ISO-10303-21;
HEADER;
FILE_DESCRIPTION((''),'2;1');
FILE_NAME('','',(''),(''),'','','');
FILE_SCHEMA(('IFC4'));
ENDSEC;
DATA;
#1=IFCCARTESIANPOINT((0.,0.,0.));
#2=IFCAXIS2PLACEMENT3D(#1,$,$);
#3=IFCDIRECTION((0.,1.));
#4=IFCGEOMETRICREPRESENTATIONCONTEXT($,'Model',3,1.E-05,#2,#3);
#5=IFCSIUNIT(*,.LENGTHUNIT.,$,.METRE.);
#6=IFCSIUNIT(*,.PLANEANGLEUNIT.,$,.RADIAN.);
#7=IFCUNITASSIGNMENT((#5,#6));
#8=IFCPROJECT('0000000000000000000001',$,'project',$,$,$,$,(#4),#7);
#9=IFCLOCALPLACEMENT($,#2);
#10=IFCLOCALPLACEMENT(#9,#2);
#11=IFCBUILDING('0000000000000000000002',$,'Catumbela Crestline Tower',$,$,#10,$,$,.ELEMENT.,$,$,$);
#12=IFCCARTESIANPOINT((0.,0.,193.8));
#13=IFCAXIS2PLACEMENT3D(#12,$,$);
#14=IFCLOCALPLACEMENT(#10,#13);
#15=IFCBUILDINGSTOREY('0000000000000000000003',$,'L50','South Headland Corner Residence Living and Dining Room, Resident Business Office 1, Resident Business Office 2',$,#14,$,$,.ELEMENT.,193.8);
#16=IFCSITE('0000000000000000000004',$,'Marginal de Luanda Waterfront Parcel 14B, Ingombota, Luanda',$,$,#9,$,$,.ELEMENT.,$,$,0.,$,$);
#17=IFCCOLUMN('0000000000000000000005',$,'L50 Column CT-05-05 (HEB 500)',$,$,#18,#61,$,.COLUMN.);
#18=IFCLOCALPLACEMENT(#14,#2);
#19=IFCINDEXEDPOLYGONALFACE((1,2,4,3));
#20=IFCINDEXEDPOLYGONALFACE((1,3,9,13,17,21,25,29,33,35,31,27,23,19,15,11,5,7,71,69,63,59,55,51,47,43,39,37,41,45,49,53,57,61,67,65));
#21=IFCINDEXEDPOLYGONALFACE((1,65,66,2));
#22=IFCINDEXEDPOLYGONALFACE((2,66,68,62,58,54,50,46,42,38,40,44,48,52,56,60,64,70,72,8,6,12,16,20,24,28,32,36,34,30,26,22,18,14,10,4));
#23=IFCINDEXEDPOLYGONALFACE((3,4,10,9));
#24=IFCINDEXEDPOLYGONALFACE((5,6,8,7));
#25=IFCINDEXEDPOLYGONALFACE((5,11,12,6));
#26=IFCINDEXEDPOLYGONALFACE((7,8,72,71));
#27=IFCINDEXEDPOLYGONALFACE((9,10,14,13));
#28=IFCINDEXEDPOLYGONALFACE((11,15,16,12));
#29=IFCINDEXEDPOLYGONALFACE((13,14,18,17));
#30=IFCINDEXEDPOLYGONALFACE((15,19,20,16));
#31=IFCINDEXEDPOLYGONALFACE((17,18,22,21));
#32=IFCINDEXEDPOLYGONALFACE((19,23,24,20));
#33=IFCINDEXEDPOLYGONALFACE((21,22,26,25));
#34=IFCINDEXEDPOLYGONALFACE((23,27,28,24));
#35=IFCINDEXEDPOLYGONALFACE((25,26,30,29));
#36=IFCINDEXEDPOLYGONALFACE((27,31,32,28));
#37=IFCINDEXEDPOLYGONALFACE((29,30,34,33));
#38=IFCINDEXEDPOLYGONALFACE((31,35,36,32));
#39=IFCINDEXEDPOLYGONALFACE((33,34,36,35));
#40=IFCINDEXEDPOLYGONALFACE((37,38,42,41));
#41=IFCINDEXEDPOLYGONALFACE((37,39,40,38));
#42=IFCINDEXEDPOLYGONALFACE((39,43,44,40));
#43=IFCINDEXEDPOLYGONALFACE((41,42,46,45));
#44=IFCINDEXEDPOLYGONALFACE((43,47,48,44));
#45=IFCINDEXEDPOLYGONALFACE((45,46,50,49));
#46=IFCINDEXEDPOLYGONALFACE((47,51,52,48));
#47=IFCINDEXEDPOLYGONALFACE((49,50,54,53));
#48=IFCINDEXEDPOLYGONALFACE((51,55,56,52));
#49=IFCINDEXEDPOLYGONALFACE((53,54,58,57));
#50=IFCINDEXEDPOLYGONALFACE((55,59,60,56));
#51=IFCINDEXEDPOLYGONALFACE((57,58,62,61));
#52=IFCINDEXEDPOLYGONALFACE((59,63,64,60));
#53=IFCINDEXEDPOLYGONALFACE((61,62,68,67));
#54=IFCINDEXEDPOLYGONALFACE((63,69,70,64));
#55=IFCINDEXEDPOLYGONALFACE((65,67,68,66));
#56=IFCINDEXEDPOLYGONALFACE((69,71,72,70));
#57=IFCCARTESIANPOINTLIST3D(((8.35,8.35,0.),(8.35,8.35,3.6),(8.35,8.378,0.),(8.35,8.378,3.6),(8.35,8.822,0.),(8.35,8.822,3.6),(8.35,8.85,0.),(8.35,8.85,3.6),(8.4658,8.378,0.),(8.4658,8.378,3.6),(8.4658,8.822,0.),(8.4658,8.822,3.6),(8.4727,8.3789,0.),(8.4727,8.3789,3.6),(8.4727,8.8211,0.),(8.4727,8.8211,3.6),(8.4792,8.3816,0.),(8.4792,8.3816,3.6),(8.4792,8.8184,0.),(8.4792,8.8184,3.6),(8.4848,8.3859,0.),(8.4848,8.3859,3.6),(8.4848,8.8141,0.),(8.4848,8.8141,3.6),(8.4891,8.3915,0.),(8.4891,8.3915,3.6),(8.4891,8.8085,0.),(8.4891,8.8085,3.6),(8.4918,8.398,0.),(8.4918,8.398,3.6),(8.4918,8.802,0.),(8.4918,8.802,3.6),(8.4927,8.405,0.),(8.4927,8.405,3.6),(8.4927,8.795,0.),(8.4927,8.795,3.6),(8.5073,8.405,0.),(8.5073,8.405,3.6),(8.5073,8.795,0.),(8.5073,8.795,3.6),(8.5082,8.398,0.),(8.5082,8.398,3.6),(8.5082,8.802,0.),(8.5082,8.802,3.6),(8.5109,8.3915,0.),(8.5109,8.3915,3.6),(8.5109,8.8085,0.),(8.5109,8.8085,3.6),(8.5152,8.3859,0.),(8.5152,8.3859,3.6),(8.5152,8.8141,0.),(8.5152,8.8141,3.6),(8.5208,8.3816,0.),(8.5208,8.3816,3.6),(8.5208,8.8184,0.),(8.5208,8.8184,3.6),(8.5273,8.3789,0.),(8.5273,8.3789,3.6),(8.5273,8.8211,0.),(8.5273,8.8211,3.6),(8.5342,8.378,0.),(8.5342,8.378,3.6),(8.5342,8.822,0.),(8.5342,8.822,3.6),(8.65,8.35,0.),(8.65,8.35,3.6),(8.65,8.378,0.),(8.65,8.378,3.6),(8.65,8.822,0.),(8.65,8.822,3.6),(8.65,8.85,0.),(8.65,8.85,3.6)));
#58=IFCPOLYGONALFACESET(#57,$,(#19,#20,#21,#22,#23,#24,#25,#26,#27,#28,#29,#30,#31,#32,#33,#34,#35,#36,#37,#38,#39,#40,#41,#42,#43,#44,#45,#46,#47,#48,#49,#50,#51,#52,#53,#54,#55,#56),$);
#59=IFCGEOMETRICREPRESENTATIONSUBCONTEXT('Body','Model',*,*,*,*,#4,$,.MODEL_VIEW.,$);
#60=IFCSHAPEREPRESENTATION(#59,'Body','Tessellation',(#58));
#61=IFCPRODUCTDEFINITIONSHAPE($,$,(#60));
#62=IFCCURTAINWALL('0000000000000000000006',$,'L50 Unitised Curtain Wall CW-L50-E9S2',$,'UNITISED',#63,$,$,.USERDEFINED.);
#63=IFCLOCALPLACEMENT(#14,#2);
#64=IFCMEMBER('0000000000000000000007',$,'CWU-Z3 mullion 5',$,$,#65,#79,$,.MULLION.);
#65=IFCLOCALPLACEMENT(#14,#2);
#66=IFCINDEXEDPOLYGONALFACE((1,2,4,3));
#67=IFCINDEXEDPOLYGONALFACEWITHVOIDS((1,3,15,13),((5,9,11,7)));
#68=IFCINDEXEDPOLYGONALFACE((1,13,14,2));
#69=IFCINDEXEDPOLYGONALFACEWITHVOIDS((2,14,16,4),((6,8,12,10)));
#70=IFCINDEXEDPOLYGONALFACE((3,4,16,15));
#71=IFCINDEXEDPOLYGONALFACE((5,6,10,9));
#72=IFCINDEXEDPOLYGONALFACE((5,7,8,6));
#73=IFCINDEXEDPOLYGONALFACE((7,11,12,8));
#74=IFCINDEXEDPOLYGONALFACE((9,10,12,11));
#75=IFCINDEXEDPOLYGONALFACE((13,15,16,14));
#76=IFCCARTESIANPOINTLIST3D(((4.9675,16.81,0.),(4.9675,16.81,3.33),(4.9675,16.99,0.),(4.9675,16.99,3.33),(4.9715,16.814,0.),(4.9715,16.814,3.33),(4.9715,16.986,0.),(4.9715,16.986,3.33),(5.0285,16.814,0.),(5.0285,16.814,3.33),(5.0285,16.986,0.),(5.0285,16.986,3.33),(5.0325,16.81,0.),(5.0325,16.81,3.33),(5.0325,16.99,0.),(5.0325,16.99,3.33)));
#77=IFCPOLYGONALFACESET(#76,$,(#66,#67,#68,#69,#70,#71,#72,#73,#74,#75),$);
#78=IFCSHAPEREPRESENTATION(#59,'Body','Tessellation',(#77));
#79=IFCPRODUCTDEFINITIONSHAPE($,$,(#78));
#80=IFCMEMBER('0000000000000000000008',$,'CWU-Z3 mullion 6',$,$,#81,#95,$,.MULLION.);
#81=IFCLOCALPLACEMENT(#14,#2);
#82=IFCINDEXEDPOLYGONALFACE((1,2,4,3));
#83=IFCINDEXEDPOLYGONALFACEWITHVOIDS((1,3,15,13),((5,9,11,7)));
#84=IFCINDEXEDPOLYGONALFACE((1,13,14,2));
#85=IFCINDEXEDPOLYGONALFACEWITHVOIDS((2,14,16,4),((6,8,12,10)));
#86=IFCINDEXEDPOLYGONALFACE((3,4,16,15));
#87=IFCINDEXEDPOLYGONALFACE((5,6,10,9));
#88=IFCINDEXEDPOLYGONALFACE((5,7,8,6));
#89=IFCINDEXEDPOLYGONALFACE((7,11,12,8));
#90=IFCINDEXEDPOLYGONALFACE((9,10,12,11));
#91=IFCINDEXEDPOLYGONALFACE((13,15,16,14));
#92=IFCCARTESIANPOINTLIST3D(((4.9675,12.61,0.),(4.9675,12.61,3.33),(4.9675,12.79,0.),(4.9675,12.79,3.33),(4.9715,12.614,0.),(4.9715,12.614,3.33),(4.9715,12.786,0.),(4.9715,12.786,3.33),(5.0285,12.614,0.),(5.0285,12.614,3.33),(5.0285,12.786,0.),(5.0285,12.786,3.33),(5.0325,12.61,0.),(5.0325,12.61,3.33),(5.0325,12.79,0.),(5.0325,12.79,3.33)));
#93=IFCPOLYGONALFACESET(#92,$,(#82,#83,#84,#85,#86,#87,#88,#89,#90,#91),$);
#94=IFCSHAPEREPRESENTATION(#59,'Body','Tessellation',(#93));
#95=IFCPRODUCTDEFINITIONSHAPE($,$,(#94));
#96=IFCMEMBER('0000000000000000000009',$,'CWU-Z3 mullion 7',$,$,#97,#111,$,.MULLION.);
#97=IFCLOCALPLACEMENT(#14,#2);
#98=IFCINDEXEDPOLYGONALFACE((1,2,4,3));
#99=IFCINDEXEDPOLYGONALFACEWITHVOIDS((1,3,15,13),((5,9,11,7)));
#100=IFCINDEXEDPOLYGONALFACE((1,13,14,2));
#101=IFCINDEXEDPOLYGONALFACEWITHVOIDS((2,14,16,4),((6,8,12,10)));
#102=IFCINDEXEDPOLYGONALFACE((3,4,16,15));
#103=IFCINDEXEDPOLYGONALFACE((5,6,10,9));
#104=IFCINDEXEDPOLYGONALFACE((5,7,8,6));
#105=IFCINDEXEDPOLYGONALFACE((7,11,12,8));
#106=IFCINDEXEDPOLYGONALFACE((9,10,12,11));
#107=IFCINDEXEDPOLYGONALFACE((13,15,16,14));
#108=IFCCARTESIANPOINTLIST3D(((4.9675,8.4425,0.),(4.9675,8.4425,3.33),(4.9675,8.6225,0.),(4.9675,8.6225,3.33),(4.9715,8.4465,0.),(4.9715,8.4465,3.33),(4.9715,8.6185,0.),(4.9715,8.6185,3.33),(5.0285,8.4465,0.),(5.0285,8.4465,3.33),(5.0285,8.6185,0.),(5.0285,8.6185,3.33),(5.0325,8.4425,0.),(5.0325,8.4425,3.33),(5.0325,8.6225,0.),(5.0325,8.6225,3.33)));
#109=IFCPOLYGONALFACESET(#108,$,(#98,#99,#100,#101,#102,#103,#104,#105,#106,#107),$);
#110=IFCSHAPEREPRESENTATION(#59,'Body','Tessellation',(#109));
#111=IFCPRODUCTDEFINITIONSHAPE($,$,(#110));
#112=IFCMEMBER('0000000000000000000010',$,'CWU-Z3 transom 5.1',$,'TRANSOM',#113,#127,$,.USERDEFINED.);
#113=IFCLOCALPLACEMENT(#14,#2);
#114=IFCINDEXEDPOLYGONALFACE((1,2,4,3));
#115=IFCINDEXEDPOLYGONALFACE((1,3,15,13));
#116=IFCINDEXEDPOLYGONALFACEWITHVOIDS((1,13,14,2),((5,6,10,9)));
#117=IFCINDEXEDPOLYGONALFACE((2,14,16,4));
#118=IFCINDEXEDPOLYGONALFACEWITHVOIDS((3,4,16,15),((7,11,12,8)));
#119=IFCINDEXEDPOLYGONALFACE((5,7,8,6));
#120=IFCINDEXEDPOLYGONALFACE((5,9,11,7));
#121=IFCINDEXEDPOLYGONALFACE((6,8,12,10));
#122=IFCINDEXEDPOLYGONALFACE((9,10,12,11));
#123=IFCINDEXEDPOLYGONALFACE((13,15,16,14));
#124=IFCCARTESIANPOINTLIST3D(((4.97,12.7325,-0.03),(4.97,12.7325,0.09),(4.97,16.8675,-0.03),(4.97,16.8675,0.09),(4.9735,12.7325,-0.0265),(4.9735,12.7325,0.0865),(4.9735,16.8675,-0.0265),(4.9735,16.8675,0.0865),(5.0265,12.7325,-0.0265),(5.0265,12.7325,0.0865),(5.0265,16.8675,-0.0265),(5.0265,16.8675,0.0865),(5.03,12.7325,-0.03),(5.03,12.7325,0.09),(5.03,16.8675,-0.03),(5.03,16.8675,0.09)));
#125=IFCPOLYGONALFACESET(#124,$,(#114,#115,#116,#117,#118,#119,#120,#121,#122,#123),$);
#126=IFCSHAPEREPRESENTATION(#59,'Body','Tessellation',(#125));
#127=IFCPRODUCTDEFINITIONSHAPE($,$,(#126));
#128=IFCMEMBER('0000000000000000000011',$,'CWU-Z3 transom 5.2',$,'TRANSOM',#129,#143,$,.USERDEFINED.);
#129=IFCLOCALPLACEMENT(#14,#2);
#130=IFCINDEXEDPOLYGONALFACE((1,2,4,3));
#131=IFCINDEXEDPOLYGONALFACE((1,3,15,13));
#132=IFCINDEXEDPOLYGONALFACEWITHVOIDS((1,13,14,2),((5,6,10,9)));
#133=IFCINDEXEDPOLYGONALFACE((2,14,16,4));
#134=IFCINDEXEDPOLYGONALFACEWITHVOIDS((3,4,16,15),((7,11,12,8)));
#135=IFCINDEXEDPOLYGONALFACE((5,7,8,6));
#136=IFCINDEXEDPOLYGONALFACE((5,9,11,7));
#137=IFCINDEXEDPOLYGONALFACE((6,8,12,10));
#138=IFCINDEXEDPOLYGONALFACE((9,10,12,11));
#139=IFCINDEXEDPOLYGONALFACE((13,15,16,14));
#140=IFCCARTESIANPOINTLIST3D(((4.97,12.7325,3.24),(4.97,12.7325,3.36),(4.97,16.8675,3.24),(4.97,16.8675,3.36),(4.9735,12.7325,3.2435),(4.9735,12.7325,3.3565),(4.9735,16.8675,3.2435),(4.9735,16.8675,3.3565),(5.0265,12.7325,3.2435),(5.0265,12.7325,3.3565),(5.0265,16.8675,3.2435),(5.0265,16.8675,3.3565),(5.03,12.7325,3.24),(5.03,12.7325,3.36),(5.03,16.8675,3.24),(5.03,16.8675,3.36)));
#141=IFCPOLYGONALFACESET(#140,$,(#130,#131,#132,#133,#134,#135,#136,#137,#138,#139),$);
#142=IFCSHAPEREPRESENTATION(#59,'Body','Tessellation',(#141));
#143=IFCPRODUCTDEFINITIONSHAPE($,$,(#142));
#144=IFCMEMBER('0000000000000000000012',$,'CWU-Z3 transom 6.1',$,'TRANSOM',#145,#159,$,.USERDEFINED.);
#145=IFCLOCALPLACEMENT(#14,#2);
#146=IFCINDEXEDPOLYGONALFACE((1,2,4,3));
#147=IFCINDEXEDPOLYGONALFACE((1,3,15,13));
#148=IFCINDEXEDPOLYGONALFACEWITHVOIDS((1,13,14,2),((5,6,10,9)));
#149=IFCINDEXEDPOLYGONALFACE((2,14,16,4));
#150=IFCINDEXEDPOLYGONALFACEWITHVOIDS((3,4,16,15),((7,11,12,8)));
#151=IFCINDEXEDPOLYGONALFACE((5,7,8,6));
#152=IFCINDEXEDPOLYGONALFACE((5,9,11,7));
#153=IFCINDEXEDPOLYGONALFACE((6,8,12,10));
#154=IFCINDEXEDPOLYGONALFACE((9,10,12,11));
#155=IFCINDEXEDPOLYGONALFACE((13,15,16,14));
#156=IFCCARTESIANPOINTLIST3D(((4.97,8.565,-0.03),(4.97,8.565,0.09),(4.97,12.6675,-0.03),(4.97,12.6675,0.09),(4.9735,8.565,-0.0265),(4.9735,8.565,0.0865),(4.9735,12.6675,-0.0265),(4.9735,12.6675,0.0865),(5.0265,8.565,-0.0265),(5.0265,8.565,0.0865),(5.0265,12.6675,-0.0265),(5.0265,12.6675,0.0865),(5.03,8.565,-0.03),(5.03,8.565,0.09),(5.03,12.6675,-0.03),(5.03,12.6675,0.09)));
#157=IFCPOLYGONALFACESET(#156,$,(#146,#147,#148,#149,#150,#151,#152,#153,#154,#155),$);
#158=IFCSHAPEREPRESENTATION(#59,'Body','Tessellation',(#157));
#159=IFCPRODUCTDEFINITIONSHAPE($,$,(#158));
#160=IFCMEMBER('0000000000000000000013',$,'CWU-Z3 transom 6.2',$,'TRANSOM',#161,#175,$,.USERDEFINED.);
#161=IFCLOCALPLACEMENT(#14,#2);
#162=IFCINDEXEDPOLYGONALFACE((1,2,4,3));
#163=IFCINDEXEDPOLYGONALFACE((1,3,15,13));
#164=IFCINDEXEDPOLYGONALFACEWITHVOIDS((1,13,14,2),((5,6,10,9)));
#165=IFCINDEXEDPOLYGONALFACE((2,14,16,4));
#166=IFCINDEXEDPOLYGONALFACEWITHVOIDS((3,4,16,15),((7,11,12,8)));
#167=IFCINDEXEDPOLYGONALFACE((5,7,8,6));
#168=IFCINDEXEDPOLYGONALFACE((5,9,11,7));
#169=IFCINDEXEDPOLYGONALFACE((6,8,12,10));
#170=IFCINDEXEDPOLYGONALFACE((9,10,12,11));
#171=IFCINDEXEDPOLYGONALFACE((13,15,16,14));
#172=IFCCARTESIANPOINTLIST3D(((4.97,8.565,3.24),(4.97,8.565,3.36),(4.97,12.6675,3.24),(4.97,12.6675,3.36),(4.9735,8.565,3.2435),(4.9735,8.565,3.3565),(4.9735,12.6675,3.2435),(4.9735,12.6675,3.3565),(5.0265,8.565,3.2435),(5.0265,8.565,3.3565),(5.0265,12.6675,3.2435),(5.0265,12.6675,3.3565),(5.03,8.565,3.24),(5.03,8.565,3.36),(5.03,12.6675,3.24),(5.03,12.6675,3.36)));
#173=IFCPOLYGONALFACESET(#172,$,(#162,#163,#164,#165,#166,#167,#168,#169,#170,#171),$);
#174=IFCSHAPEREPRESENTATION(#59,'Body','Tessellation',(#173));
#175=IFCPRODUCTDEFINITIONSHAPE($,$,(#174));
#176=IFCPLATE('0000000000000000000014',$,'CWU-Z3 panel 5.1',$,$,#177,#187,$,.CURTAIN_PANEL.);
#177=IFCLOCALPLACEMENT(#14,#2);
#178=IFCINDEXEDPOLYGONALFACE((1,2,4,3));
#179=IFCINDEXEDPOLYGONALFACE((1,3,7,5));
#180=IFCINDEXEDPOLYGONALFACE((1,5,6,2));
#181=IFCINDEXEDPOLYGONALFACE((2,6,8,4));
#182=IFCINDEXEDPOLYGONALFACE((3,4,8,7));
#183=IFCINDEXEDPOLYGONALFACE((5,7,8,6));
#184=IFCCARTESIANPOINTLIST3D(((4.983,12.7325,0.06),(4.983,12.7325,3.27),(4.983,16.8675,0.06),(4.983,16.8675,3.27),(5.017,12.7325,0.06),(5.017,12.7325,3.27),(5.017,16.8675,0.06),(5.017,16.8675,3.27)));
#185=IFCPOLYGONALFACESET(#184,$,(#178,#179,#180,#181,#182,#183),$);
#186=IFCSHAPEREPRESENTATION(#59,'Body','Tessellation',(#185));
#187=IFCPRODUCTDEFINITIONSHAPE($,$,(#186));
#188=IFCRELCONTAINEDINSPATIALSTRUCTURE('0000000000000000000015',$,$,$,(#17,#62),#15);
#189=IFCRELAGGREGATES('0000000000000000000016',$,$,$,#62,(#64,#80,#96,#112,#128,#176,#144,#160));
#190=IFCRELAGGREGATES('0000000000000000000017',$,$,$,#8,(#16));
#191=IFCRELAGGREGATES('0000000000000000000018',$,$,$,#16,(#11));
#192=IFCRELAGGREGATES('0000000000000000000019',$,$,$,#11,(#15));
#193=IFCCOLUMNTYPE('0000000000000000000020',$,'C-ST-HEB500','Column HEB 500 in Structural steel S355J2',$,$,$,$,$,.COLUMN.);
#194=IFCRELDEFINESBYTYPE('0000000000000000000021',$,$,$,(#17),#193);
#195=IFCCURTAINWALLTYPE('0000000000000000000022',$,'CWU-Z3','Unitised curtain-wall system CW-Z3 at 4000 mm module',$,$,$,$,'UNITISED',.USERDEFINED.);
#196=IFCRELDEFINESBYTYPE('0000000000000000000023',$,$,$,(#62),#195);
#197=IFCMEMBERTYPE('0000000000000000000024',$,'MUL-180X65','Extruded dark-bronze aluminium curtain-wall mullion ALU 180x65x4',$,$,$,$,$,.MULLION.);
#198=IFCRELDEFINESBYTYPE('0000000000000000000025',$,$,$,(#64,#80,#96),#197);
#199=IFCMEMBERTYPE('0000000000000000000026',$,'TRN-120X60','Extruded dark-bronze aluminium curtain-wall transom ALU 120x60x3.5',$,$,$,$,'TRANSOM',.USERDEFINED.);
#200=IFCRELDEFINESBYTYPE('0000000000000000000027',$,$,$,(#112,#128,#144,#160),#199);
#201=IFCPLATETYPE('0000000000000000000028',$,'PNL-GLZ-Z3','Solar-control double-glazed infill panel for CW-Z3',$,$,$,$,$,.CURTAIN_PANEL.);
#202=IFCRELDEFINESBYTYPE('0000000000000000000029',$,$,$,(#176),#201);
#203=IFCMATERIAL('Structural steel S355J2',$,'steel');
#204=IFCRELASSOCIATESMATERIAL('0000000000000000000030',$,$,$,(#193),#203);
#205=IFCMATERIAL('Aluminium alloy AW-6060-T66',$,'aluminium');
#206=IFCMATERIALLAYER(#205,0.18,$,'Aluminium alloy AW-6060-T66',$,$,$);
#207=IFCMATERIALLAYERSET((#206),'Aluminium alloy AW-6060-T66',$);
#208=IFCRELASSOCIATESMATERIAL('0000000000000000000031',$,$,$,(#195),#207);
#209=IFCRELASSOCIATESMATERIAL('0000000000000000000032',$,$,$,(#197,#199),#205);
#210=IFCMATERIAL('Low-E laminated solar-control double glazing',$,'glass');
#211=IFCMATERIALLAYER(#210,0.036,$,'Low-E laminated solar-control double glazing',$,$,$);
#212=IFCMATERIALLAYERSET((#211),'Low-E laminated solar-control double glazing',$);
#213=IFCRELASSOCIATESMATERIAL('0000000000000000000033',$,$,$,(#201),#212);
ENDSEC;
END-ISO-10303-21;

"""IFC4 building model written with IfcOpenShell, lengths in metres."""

from ifc_helpers import new_model, si_unit, direction, frame, origin, origin_2d, place, context, subcontext, project, spatial, rectangle, hollow_rectangle, i_section, extrude, material, layer, layer_set, material_profile, profile_set, type_object, element, aggregate, save


model = new_model("IFC4")

# Units and contexts
model_context = context("Model", 3, precision=1e-05, world=origin(), true_north=direction((0.0, 1.0)))
body_context = subcontext(model_context, "Body", "Model", "MODEL_VIEW")
ifc_project = project(units=[si_unit("LENGTHUNIT", "METRE"), si_unit("PLANEANGLEUNIT", "RADIAN")], contexts=[model_context])

# Site, building, storey
site_placement = place(None, origin())
site = spatial("IfcSite", under=ifc_project, at=site_placement, Name="Marginal de Luanda Waterfront Parcel 14B, Ingombota, Luanda", CompositionType="ELEMENT", RefElevation=0.0)
building_placement = place(site_placement, origin())
building = spatial("IfcBuilding", under=site, at=building_placement, Name="Catumbela Crestline Tower", CompositionType="ELEMENT")
storey_placement = place(building_placement, frame((0.0, 0.0, 193.8)))
storey = spatial("IfcBuildingStorey", under=building, at=storey_placement, Name="L50", Description="South Headland Corner Residence Living and Dining Room, Resident Business Office 1, Resident Business Office 2", CompositionType="ELEMENT", Elevation=193.8)

# Column
ifc_material_1 = material(Name="Structural steel S355J2", Category="steel")
ifc_material_profile_1 = material_profile(ifc_material_1, i_section(OverallWidth=0.3, OverallDepth=0.5, WebThickness=0.0145, FlangeThickness=0.028, FilletRadius=0.027, at=origin_2d()), Name="HEB 500")
ifc_profile_set_1 = profile_set([ifc_material_profile_1], Name="Structural steel S355J2")
column_type = type_object("IfcColumnType", Name="C-ST-HEB500", Description="Column HEB 500 in Structural steel S355J2", PredefinedType="COLUMN", material=ifc_profile_set_1)
column_placement = place(storey_placement, frame((8.5, 8.6, 0.0), z_axis=(0.0, 0.0, 1.0), x_axis=(1.0, 0.0, 0.0)))
element("IfcColumn", 1, at=column_placement, inside=storey, type_object=column_type, Name="L50 Column CT-05-05 (HEB 500)", PredefinedType="COLUMN", context=body_context, shape_type="SweptSolid", body=[
    extrude(i_section(OverallWidth=0.3, OverallDepth=0.5, WebThickness=0.0145, FlangeThickness=0.028, FilletRadius=0.027, at=origin_2d()), origin(), (0.0, 0.0, 1.0), 3.6),
])

# Curtain wall, members, plate
ifc_material_2 = material(Name="Aluminium alloy AW-6060-T66", Category="aluminium")
ifc_layer_1 = layer(ifc_material_2, 0.18, Name="Aluminium alloy AW-6060-T66")
ifc_layer_set_1 = layer_set([ifc_layer_1], Name="Aluminium alloy AW-6060-T66")
curtain_wall_type = type_object("IfcCurtainWallType", Name="CWU-Z3", Description="Unitised curtain-wall system CW-Z3 at 4000 mm module", ElementType="UNITISED", PredefinedType="USERDEFINED", material=ifc_layer_set_1)
curtain_wall_placement = place(storey_placement, origin())
curtain_wall = element("IfcCurtainWall", 2, at=curtain_wall_placement, inside=storey, type_object=curtain_wall_type, Name="L50 Unitised Curtain Wall CW-L50-E9S2", ObjectType="UNITISED", PredefinedType="USERDEFINED")
ifc_material_profile_2 = material_profile(ifc_material_2, hollow_rectangle(XDim=0.065, YDim=0.18, WallThickness=0.004, at=origin_2d()), Name="ALU 180x65x4")
ifc_profile_set_2 = profile_set([ifc_material_profile_2], Name="Aluminium alloy AW-6060-T66")
member_type_1 = type_object("IfcMemberType", Name="MUL-180X65", Description="Extruded dark-bronze aluminium curtain-wall mullion ALU 180x65x4", PredefinedType="MULLION", material=ifc_profile_set_2)
member_1_placement = place(storey_placement, frame((5.0, 16.9, 0.0), z_axis=(0.0, 0.0, 1.0), x_axis=(1.0, 0.0, 0.0)))
member_1 = element("IfcMember", 3, at=member_1_placement, type_object=member_type_1, Name="CWU-Z3 mullion 5", PredefinedType="MULLION", context=body_context, shape_type="SweptSolid", body=[
    extrude(hollow_rectangle(XDim=0.065, YDim=0.18, WallThickness=0.004, at=origin_2d()), origin(), (0.0, 0.0, 1.0), 3.33),
])
member_2_placement = place(storey_placement, frame((5.0, 12.7, 0.0), z_axis=(0.0, 0.0, 1.0), x_axis=(1.0, 0.0, 0.0)))
member_2 = element("IfcMember", 4, at=member_2_placement, type_object=member_type_1, Name="CWU-Z3 mullion 6", PredefinedType="MULLION", context=body_context, shape_type="SweptSolid", body=[
    extrude(hollow_rectangle(XDim=0.065, YDim=0.18, WallThickness=0.004, at=origin_2d()), origin(), (0.0, 0.0, 1.0), 3.33),
])
member_3_placement = place(storey_placement, frame((5.0, 8.5325, 0.0), z_axis=(0.0, 0.0, 1.0), x_axis=(1.0, 0.0, 0.0)))
member_3 = element("IfcMember", 5, at=member_3_placement, type_object=member_type_1, Name="CWU-Z3 mullion 7", PredefinedType="MULLION", context=body_context, shape_type="SweptSolid", body=[
    extrude(hollow_rectangle(XDim=0.065, YDim=0.18, WallThickness=0.004, at=origin_2d()), origin(), (0.0, 0.0, 1.0), 3.33),
])
ifc_material_profile_3 = material_profile(ifc_material_2, hollow_rectangle(XDim=0.06, YDim=0.12, WallThickness=0.0035, at=origin_2d()), Name="ALU 120x60x3.5")
ifc_profile_set_3 = profile_set([ifc_material_profile_3], Name="Aluminium alloy AW-6060-T66")
member_type_2 = type_object("IfcMemberType", Name="TRN-120X60", Description="Extruded dark-bronze aluminium curtain-wall transom ALU 120x60x3.5", ElementType="TRANSOM", PredefinedType="USERDEFINED", material=ifc_profile_set_3)
member_4_placement = place(storey_placement, frame((5.0, 16.8675, 0.03), z_axis=(0.0, -1.0, 0.0), x_axis=(1.0, 0.0, 0.0)))
member_4 = element("IfcMember", 6, at=member_4_placement, type_object=member_type_2, Name="CWU-Z3 transom 5.1", ObjectType="TRANSOM", PredefinedType="USERDEFINED", context=body_context, shape_type="SweptSolid", body=[
    extrude(hollow_rectangle(XDim=0.06, YDim=0.12, WallThickness=0.0035, at=origin_2d()), origin(), (0.0, 0.0, 1.0), 4.135),
])
member_5_placement = place(storey_placement, frame((5.0, 16.8675, 3.3), z_axis=(0.0, -1.0, 0.0), x_axis=(1.0, 0.0, 0.0)))
member_5 = element("IfcMember", 7, at=member_5_placement, type_object=member_type_2, Name="CWU-Z3 transom 5.2", ObjectType="TRANSOM", PredefinedType="USERDEFINED", context=body_context, shape_type="SweptSolid", body=[
    extrude(hollow_rectangle(XDim=0.06, YDim=0.12, WallThickness=0.0035, at=origin_2d()), origin(), (0.0, 0.0, 1.0), 4.135),
])
member_6_placement = place(storey_placement, frame((5.0, 12.6675, 0.03), z_axis=(0.0, -1.0, 0.0), x_axis=(1.0, 0.0, 0.0)))
member_6 = element("IfcMember", 8, at=member_6_placement, type_object=member_type_2, Name="CWU-Z3 transom 6.1", ObjectType="TRANSOM", PredefinedType="USERDEFINED", context=body_context, shape_type="SweptSolid", body=[
    extrude(hollow_rectangle(XDim=0.06, YDim=0.12, WallThickness=0.0035, at=origin_2d()), origin(), (0.0, 0.0, 1.0), 4.1025),
])
member_7_placement = place(storey_placement, frame((5.0, 12.6675, 3.3), z_axis=(0.0, -1.0, 0.0), x_axis=(1.0, 0.0, 0.0)))
member_7 = element("IfcMember", 9, at=member_7_placement, type_object=member_type_2, Name="CWU-Z3 transom 6.2", ObjectType="TRANSOM", PredefinedType="USERDEFINED", context=body_context, shape_type="SweptSolid", body=[
    extrude(hollow_rectangle(XDim=0.06, YDim=0.12, WallThickness=0.0035, at=origin_2d()), origin(), (0.0, 0.0, 1.0), 4.1025),
])
ifc_material_3 = material(Name="Low-E laminated solar-control double glazing", Category="glass")
ifc_layer_2 = layer(ifc_material_3, 0.036, Name="Low-E laminated solar-control double glazing")
ifc_layer_set_2 = layer_set([ifc_layer_2], Name="Low-E laminated solar-control double glazing")
plate_type = type_object("IfcPlateType", Name="PNL-GLZ-Z3", Description="Solar-control double-glazed infill panel for CW-Z3", PredefinedType="CURTAIN_PANEL", material=ifc_layer_set_2)
plate_1_placement = place(storey_placement, frame((5.0, 14.8, 0.06), z_axis=(0.0, 0.0, 1.0), x_axis=(0.0, -1.0, 0.0)))
plate_1 = element("IfcPlate", 10, at=plate_1_placement, type_object=plate_type, Name="CWU-Z3 panel 5.1", PredefinedType="CURTAIN_PANEL", context=body_context, shape_type="SweptSolid", body=[
    extrude(rectangle(XDim=4.135, YDim=0.034, at=origin_2d()), origin(), (0.0, 0.0, 1.0), 3.21),
])
aggregate(curtain_wall, [member_1, member_2, member_3, member_4, member_5, plate_1, member_6, member_7])

save(model, "model.ifc")
